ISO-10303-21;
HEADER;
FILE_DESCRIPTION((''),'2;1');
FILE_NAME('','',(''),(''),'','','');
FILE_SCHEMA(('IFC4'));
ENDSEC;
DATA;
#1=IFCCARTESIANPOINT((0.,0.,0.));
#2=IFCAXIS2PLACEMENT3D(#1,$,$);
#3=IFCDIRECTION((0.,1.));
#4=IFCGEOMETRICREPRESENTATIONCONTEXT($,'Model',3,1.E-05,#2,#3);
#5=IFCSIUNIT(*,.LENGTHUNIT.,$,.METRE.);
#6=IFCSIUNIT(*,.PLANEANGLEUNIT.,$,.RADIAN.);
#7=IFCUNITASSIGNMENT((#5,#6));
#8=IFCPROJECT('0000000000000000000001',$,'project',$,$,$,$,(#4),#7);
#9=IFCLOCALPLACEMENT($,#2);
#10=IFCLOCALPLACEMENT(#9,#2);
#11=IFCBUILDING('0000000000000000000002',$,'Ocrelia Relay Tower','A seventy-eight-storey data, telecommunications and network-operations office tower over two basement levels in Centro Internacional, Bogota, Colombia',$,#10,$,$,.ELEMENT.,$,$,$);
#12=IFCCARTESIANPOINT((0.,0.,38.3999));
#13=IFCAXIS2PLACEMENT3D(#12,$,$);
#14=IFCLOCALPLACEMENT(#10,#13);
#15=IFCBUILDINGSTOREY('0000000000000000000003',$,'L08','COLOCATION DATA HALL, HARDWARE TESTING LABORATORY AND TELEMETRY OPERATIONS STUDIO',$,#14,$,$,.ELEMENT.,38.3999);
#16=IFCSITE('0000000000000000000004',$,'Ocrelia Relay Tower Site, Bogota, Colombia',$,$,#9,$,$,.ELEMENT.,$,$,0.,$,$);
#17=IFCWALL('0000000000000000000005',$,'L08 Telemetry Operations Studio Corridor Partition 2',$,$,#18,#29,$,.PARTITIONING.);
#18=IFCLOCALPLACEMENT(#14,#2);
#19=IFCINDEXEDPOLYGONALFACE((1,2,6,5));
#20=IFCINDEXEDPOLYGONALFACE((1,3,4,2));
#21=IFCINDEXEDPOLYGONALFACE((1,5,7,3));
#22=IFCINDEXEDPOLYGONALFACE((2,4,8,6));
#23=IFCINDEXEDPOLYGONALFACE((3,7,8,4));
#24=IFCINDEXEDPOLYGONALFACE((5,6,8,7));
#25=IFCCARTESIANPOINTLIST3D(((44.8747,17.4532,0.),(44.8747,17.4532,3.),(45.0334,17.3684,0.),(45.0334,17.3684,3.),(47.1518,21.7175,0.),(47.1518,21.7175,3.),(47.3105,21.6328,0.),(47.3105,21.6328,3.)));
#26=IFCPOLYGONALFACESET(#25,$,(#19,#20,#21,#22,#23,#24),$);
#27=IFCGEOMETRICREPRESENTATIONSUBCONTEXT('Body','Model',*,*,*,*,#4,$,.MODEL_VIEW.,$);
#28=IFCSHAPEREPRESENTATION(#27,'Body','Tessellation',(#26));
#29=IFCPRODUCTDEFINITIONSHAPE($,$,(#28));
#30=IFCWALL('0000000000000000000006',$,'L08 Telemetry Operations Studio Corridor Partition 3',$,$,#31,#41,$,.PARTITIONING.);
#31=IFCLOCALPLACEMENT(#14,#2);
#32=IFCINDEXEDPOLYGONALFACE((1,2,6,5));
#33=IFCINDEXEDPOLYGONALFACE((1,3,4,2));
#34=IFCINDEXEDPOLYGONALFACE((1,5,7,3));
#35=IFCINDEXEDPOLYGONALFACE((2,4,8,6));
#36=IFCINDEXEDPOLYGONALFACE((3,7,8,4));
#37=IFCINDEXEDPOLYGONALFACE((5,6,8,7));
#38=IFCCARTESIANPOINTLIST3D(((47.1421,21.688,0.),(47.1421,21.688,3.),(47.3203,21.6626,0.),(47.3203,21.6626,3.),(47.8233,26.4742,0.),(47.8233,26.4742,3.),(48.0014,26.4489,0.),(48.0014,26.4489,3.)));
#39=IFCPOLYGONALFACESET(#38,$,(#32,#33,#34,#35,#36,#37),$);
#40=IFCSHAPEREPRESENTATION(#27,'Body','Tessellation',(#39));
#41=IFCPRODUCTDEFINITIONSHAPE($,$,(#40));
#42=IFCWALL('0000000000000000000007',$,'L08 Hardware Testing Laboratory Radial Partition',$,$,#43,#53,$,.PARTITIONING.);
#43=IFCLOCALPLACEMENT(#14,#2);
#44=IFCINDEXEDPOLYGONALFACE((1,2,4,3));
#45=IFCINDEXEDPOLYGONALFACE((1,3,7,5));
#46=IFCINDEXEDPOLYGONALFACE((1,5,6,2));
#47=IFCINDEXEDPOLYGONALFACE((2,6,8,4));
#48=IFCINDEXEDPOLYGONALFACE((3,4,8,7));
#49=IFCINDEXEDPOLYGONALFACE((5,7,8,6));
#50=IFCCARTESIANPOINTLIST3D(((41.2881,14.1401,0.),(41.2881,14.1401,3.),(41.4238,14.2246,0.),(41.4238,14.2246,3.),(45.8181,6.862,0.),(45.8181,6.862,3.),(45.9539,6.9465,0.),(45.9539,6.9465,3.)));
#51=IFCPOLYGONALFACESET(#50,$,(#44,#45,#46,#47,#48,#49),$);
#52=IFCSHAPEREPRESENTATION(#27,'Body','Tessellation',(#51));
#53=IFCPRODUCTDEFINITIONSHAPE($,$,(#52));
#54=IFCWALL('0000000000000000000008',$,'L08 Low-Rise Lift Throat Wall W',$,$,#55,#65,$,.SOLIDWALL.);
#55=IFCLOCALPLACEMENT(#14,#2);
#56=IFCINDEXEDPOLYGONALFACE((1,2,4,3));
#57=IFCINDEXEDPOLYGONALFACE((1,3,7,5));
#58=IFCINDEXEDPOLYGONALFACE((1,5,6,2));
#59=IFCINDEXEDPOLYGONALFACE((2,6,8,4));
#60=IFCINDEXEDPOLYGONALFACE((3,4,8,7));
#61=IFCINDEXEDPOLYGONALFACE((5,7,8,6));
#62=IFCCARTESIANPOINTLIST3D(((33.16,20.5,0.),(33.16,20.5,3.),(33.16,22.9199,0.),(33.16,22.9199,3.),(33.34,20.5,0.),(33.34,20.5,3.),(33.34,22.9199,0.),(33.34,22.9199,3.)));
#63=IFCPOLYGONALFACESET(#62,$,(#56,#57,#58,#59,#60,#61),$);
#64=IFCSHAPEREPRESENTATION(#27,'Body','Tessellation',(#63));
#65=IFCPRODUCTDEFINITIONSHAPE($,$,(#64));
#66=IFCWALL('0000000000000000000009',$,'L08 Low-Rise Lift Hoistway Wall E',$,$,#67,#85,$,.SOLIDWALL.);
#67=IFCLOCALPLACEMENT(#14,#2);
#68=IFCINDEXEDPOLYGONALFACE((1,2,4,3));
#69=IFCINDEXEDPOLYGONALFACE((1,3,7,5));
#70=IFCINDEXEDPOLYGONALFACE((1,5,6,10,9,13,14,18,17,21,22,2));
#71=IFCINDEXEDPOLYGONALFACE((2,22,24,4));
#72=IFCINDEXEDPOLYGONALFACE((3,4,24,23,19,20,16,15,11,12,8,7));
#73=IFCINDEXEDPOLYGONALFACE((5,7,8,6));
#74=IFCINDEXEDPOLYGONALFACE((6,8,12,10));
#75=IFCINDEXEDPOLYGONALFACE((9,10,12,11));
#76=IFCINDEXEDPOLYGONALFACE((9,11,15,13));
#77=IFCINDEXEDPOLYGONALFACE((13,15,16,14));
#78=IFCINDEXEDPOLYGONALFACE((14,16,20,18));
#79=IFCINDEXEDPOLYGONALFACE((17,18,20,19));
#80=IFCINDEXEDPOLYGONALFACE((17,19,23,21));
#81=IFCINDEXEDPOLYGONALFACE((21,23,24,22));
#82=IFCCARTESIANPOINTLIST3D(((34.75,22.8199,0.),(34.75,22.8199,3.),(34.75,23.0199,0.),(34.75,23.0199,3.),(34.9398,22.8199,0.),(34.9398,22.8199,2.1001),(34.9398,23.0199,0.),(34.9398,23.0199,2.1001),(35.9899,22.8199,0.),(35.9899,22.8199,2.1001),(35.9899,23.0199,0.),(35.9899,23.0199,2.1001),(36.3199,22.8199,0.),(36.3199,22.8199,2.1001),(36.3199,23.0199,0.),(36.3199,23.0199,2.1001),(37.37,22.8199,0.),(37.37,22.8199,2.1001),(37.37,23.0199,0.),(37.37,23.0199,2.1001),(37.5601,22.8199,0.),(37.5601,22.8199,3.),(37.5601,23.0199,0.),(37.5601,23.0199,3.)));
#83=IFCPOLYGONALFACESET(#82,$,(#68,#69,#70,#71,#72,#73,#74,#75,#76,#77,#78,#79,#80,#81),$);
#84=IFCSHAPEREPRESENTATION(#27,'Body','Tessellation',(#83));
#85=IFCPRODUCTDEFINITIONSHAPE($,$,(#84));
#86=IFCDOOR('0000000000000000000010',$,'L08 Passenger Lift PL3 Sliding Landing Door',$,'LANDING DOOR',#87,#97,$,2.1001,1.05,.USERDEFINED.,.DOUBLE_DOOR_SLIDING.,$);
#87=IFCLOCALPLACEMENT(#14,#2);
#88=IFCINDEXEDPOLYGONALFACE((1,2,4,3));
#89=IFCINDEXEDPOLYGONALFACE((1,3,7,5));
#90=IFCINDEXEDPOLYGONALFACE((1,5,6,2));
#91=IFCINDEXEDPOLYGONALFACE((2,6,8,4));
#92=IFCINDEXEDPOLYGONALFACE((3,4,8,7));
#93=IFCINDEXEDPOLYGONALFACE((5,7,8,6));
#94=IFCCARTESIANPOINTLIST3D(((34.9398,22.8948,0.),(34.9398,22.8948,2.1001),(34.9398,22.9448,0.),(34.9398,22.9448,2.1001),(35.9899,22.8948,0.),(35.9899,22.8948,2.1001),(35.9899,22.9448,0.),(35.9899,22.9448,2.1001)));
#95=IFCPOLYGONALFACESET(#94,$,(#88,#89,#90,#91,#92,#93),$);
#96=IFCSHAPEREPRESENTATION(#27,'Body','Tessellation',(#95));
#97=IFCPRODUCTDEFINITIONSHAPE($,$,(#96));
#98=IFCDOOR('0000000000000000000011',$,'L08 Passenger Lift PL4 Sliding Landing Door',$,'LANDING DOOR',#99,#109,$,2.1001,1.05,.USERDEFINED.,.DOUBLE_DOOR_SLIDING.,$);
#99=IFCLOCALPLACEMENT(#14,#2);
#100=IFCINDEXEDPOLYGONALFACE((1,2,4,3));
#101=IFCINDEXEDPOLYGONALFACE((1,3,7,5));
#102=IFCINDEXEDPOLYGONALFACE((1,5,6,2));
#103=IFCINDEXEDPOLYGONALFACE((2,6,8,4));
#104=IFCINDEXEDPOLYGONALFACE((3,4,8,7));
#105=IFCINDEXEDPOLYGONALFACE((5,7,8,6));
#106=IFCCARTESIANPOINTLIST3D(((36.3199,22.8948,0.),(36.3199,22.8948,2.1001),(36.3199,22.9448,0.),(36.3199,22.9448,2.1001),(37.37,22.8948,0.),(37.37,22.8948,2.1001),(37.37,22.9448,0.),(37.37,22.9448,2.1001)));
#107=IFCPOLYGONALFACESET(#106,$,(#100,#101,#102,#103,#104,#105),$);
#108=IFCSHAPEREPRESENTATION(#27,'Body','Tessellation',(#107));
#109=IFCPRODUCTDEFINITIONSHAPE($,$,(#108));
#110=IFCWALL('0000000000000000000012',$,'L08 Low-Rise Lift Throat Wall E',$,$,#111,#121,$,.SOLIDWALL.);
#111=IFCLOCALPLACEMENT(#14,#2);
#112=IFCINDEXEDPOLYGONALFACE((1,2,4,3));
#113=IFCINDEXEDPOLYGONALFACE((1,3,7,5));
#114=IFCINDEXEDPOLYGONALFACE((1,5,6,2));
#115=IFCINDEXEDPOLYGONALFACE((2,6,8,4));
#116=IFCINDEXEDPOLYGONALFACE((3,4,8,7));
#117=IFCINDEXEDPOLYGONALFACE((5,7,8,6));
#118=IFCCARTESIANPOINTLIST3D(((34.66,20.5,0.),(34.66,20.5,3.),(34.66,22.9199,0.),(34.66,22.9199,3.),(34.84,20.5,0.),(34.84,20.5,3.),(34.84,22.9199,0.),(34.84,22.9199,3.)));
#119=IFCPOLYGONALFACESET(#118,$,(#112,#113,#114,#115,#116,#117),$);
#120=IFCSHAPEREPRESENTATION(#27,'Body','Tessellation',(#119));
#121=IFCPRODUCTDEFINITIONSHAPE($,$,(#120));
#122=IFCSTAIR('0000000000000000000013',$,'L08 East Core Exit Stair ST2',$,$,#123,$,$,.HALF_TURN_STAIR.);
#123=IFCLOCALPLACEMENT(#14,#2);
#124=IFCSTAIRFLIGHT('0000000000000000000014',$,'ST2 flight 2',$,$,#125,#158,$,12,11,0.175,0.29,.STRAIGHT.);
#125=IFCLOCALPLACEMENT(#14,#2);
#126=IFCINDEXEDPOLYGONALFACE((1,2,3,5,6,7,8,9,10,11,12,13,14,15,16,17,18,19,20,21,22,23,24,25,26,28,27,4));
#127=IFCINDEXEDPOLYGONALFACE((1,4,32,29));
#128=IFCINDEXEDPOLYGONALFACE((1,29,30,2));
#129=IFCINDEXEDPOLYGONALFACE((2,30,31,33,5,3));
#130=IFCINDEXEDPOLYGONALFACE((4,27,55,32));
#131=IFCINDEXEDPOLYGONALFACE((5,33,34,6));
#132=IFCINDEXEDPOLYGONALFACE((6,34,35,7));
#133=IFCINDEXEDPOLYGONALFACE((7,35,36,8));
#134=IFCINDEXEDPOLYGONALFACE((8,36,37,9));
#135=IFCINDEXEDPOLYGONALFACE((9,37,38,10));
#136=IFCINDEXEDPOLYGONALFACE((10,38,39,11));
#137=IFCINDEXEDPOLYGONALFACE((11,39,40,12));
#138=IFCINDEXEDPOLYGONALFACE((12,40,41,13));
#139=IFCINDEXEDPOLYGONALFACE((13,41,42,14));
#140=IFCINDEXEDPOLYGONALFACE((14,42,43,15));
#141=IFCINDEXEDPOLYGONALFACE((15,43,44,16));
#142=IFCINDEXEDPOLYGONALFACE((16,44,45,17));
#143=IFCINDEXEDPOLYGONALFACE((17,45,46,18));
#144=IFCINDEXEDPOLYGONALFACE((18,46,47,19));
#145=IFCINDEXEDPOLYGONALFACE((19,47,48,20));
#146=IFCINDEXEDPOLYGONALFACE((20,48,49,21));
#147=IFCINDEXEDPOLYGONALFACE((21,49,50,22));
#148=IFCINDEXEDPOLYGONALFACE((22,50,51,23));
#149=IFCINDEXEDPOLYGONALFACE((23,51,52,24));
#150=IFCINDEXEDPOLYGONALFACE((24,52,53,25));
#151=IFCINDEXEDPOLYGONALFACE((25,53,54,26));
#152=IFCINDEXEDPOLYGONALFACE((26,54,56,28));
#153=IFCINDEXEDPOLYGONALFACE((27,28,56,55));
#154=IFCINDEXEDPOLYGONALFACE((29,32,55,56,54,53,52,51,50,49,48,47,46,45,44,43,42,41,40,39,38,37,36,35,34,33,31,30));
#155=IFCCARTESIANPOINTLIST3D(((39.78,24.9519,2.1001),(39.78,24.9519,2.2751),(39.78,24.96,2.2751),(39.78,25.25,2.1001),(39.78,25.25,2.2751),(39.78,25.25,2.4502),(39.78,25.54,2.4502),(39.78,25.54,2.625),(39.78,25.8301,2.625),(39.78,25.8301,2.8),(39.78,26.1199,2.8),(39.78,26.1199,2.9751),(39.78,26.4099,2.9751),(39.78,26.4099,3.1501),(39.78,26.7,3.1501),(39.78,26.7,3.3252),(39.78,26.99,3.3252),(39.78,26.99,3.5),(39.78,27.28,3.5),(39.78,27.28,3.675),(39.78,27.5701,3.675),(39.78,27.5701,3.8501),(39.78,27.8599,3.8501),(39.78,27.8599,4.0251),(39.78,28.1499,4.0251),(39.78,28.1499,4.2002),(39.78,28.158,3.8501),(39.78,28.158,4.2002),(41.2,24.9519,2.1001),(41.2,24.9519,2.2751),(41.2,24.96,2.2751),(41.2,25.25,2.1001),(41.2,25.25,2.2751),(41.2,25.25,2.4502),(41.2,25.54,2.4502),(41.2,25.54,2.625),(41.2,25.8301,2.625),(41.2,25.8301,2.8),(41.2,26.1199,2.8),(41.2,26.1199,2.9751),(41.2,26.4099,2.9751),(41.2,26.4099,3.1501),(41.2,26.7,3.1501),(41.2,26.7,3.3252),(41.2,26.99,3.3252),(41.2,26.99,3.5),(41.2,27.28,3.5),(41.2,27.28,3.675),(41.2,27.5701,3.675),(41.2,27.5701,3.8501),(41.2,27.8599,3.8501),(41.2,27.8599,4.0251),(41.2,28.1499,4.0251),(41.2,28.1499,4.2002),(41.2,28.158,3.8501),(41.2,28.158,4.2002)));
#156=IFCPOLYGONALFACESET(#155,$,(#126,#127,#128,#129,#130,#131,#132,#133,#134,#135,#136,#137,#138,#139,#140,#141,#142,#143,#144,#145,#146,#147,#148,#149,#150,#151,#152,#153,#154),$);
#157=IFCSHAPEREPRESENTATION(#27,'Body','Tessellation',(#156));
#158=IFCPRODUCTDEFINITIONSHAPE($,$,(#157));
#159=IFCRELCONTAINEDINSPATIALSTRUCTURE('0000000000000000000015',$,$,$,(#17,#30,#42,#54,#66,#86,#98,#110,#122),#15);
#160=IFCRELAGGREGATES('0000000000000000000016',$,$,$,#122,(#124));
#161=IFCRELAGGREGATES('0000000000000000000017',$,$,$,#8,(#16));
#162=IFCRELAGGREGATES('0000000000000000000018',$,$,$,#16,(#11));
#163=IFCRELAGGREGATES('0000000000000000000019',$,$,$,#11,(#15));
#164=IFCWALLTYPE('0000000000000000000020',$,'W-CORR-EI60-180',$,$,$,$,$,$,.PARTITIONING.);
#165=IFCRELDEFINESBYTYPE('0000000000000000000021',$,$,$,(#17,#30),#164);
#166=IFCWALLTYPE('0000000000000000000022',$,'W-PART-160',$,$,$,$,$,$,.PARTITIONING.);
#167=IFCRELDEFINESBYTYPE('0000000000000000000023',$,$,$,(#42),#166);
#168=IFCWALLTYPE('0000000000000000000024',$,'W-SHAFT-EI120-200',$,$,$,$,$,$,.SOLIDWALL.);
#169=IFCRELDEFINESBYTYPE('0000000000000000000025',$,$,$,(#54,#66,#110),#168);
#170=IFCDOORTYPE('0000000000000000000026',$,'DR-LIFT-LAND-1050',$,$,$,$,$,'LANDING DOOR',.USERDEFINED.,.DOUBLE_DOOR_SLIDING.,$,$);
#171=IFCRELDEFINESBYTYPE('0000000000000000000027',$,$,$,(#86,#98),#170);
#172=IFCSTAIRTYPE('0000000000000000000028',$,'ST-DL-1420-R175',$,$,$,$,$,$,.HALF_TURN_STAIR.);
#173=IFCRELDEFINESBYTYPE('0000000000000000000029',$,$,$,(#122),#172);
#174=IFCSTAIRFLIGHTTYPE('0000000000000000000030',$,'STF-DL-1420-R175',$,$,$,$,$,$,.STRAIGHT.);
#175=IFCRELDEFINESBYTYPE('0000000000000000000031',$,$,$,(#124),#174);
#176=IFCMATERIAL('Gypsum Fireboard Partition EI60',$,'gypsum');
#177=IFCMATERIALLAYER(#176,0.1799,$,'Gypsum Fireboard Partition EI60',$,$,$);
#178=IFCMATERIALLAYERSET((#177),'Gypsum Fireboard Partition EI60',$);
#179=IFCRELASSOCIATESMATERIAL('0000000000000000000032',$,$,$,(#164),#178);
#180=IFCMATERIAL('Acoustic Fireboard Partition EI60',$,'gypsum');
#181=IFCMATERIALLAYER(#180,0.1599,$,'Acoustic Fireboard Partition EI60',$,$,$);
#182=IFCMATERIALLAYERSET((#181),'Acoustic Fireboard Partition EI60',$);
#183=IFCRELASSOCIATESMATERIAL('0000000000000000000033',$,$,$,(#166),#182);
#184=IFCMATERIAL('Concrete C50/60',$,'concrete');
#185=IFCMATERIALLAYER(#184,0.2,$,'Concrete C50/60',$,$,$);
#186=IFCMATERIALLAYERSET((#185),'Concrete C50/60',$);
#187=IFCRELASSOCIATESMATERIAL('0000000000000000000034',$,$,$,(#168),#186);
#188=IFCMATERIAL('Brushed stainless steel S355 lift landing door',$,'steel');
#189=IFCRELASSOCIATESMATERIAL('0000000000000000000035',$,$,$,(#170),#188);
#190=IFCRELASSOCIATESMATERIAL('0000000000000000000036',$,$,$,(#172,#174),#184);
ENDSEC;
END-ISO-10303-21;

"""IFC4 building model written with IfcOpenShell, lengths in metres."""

from ifc_helpers import new_model, si_unit, direction, frame, frame_2d, origin, place, context, subcontext, project, spatial, polyline, rectangle, outline, extrude, material, layer, layer_set, type_object, element, fill, aggregate, save


model = new_model("IFC4")

# Units and contexts
model_context = context("Model", 3, precision=1e-05, world=origin(), true_north=direction((0.0, 1.0)))
body_context = subcontext(model_context, "Body", "Model", "MODEL_VIEW")
ifc_project = project(units=[si_unit("LENGTHUNIT", "METRE"), si_unit("PLANEANGLEUNIT", "RADIAN")], contexts=[model_context])

# Site, building, storey
site_placement = place(None, origin())
site = spatial("IfcSite", under=ifc_project, at=site_placement, Name="Ocrelia Relay Tower Site, Bogota, Colombia", CompositionType="ELEMENT", RefElevation=0.0)
building_placement = place(site_placement, origin())
building = spatial("IfcBuilding", under=site, at=building_placement, Name="Ocrelia Relay Tower", Description="A seventy-eight-storey data, telecommunications and network-operations office tower over two basement levels in Centro Internacional, Bogota, Colombia", CompositionType="ELEMENT")
storey_placement = place(building_placement, frame((0.0, 0.0, 38.3999)))
storey = spatial("IfcBuildingStorey", under=building, at=storey_placement, Name="L08", Description="COLOCATION DATA HALL, HARDWARE TESTING LABORATORY AND TELEMETRY OPERATIONS STUDIO", CompositionType="ELEMENT", Elevation=38.3999)

# Shared definitions
ifc_material_1 = material(Name="Gypsum Fireboard Partition EI60", Category="gypsum")
ifc_layer_1 = layer(ifc_material_1, 0.1799, Name="Gypsum Fireboard Partition EI60")
ifc_layer_set_1 = layer_set([ifc_layer_1], Name="Gypsum Fireboard Partition EI60")
wall_type_1 = type_object("IfcWallType", Name="W-CORR-EI60-180", PredefinedType="PARTITIONING", material=ifc_layer_set_1)

# Walls
wall_1_placement = place(storey_placement, frame((44.9541, 17.4109, 0.0), z_axis=(0.0, 0.0, 1.0), x_axis=(0.471031, 0.882117, 0.0)))
element("IfcWall", 1, at=wall_1_placement, inside=storey, type_object=wall_type_1, Name="L08 Telemetry Operations Studio Corridor Partition 2", PredefinedType="PARTITIONING", context=body_context, shape_type="SweptSolid", body=[
    extrude(rectangle(XDim=4.8342, YDim=0.1799, at=frame_2d((2.417, 0.0))), origin(), (0.0, 0.0, 1.0), 3.0),
])
wall_2_placement = place(storey_placement, frame((47.2312, 21.6753, 0.0), z_axis=(0.0, 0.0, 1.0), x_axis=(0.140898, 0.990024, 0.0)))
element("IfcWall", 2, at=wall_2_placement, inside=storey, type_object=wall_type_1, Name="L08 Telemetry Operations Studio Corridor Partition 3", PredefinedType="PARTITIONING", context=body_context, shape_type="SweptSolid", body=[
    extrude(rectangle(XDim=4.8345, YDim=0.1799, at=frame_2d((2.4172, 0.0))), origin(), (0.0, 0.0, 1.0), 3.0),
])
ifc_material_2 = material(Name="Acoustic Fireboard Partition EI60", Category="gypsum")
ifc_layer_2 = layer(ifc_material_2, 0.1599, Name="Acoustic Fireboard Partition EI60")
ifc_layer_set_2 = layer_set([ifc_layer_2], Name="Acoustic Fireboard Partition EI60")
wall_type_2 = type_object("IfcWallType", Name="W-PART-160", PredefinedType="PARTITIONING", material=ifc_layer_set_2)
wall_3_placement = place(storey_placement, frame((41.356, 14.1824, 0.0), z_axis=(0.0, 0.0, 1.0), x_axis=(0.528424, -0.848981, 0.0)))
element("IfcWall", 3, at=wall_3_placement, inside=storey, type_object=wall_type_2, Name="L08 Hardware Testing Laboratory Radial Partition", PredefinedType="PARTITIONING", context=body_context, shape_type="SweptSolid", body=[
    extrude(rectangle(XDim=8.5728, YDim=0.1599, at=frame_2d((4.2864, 0.0))), origin(), (0.0, 0.0, 1.0), 3.0),
])
ifc_material_3 = material(Name="Concrete C50/60", Category="concrete")
ifc_layer_3 = layer(ifc_material_3, 0.2, Name="Concrete C50/60")
ifc_layer_set_3 = layer_set([ifc_layer_3], Name="Concrete C50/60")
wall_type_3 = type_object("IfcWallType", Name="W-SHAFT-EI120-200", PredefinedType="SOLIDWALL", material=ifc_layer_set_3)
wall_4_placement = place(storey_placement, frame((33.25, 20.5, 0.0), z_axis=(0.0, 0.0, 1.0), x_axis=(0.0, 1.0, 0.0)))
element("IfcWall", 4, at=wall_4_placement, inside=storey, type_object=wall_type_3, Name="L08 Low-Rise Lift Throat Wall W", PredefinedType="SOLIDWALL", context=body_context, shape_type="SweptSolid", body=[
    extrude(rectangle(XDim=2.4199, YDim=0.1799, at=frame_2d((1.21, 0.0))), origin(), (0.0, 0.0, 1.0), 3.0),
])

# Wall, openings, doors
wall_5_placement = place(storey_placement, frame((34.75, 22.9199, 0.0), z_axis=(0.0, 0.0, 1.0), x_axis=(1.0, 0.0, 0.0)))
wall_5 = element("IfcWall", 5, at=wall_5_placement, inside=storey, type_object=wall_type_3, Name="L08 Low-Rise Lift Hoistway Wall E", PredefinedType="SOLIDWALL", context=body_context, shape_type="SweptSolid", body=[
    extrude(rectangle(XDim=2.8101, YDim=0.2, at=frame_2d((1.405, 0.0))), origin(), (0.0, 0.0, 1.0), 3.0),
])
opening_1_placement = place(wall_5_placement, frame((0.1899, 0.0, 0.0)))
opening_1 = element("IfcOpeningElement", 6, at=opening_1_placement, cuts=wall_5, PredefinedType="OPENING", context=body_context, shape_type="SweptSolid", body=[
    extrude(rectangle(XDim=1.05, YDim=2.1001, at=frame_2d((0.5249, 1.05))), frame((0.0, 0.1099, 0.0), z_axis=(0.0, -1.0, 0.0), x_axis=(1.0, 0.0, 0.0)), (0.0, 0.0, 1.0), 0.22),
])
opening_2_placement = place(wall_5_placement, frame((1.5701, 0.0, 0.0)))
opening_2 = element("IfcOpeningElement", 7, at=opening_2_placement, cuts=wall_5, PredefinedType="OPENING", context=body_context, shape_type="SweptSolid", body=[
    extrude(rectangle(XDim=1.05, YDim=2.1001, at=frame_2d((0.5249, 1.05))), frame((0.0, 0.1099, 0.0), z_axis=(0.0, -1.0, 0.0), x_axis=(1.0, 0.0, 0.0)), (0.0, 0.0, 1.0), 0.22),
])
ifc_material_4 = material(Name="Brushed stainless steel S355 lift landing door", Category="steel")
door_type_1 = type_object("IfcDoorType", Name="DR-LIFT-LAND-1050", ElementType="LANDING DOOR", OperationType="DOUBLE_DOOR_SLIDING", PredefinedType="USERDEFINED", material=ifc_material_4)
door_1_placement = place(opening_1_placement, origin())
door_1 = element("IfcDoor", 8, at=door_1_placement, inside=storey, type_object=door_type_1, Name="L08 Passenger Lift PL3 Sliding Landing Door", ObjectType="LANDING DOOR", OperationType="DOUBLE_DOOR_SLIDING", OverallHeight=2.1001, OverallWidth=1.05, PredefinedType="USERDEFINED", context=body_context, shape_type="SweptSolid", body=[
    extrude(rectangle(XDim=1.05, YDim=2.1001, at=frame_2d((0.5249, 1.05))), frame((0.0, 0.0249, 0.0), z_axis=(0.0, -1.0, 0.0), x_axis=(1.0, 0.0, 0.0)), (0.0, 0.0, 1.0), 0.05),
])
fill(opening_1, door_1)
door_2_placement = place(opening_2_placement, origin())
door_2 = element("IfcDoor", 9, at=door_2_placement, inside=storey, type_object=door_type_1, Name="L08 Passenger Lift PL4 Sliding Landing Door", ObjectType="LANDING DOOR", OperationType="DOUBLE_DOOR_SLIDING", OverallHeight=2.1001, OverallWidth=1.05, PredefinedType="USERDEFINED", context=body_context, shape_type="SweptSolid", body=[
    extrude(rectangle(XDim=1.05, YDim=2.1001, at=frame_2d((0.5249, 1.05))), frame((0.0, 0.0249, 0.0), z_axis=(0.0, -1.0, 0.0), x_axis=(1.0, 0.0, 0.0)), (0.0, 0.0, 1.0), 0.05),
])
fill(opening_2, door_2)

# Wall
wall_6_placement = place(storey_placement, frame((34.75, 20.5, 0.0), z_axis=(0.0, 0.0, 1.0), x_axis=(0.0, 1.0, 0.0)))
element("IfcWall", 10, at=wall_6_placement, inside=storey, type_object=wall_type_3, Name="L08 Low-Rise Lift Throat Wall E", PredefinedType="SOLIDWALL", context=body_context, shape_type="SweptSolid", body=[
    extrude(rectangle(XDim=2.4199, YDim=0.1799, at=frame_2d((1.21, 0.0))), origin(), (0.0, 0.0, 1.0), 3.0),
])

# Stair, stair flight
stair_type = type_object("IfcStairType", Name="ST-DL-1420-R175", PredefinedType="HALF_TURN_STAIR", material=ifc_material_3)
stair_placement = place(storey_placement, origin())
stair = element("IfcStair", 11, at=stair_placement, inside=storey, type_object=stair_type, Name="L08 East Core Exit Stair ST2", PredefinedType="HALF_TURN_STAIR")
stair_flight_type = type_object("IfcStairFlightType", Name="STF-DL-1420-R175", PredefinedType="STRAIGHT", material=ifc_material_3)
stair_flight_placement = place(storey_placement, frame((40.49, 24.96, 2.1001), z_axis=(0.0, 0.0, 1.0), x_axis=(0.0, 1.0, 0.0)))
stair_flight = element("IfcStairFlight", 12, at=stair_flight_placement, type_object=stair_flight_type, Name="ST2 flight 2", NumberOfRisers=12, NumberOfTreads=11, PredefinedType="STRAIGHT", RiserHeight=0.175, TreadLength=0.29, context=body_context, shape_type="SweptSolid", body=[
    extrude(outline(polyline([(-0.0081, 0.0), (-0.0081, 0.175), (0.0, 0.175), (0.29, 0.175), (0.29, 0.3501), (0.5801, 0.3501), (0.5801, 0.5249), (0.8701, 0.5249), (0.8701, 0.7), (1.1599, 0.7), (1.1599, 0.875), (1.45, 0.875), (1.45, 1.05), (1.74, 1.05), (1.74, 1.2251), (2.03, 1.2251), (2.03, 1.3999), (2.3201, 1.3999), (2.3201, 1.575), (2.6101, 1.575), (2.6101, 1.75), (2.8999, 1.75), (2.8999, 1.925), (3.1899, 1.925), (3.1899, 2.1001), (3.198, 2.1001), (3.198, 1.75), (0.29, 0.0), (-0.0081, 0.0)])), frame((0.0, 0.71, 0.0), z_axis=(0.0, -1.0, 0.0), x_axis=(1.0, 0.0, 0.0)), (0.0, 0.0, 1.0), 1.4199),
])
aggregate(stair, [stair_flight])

save(model, "model.ifc")
